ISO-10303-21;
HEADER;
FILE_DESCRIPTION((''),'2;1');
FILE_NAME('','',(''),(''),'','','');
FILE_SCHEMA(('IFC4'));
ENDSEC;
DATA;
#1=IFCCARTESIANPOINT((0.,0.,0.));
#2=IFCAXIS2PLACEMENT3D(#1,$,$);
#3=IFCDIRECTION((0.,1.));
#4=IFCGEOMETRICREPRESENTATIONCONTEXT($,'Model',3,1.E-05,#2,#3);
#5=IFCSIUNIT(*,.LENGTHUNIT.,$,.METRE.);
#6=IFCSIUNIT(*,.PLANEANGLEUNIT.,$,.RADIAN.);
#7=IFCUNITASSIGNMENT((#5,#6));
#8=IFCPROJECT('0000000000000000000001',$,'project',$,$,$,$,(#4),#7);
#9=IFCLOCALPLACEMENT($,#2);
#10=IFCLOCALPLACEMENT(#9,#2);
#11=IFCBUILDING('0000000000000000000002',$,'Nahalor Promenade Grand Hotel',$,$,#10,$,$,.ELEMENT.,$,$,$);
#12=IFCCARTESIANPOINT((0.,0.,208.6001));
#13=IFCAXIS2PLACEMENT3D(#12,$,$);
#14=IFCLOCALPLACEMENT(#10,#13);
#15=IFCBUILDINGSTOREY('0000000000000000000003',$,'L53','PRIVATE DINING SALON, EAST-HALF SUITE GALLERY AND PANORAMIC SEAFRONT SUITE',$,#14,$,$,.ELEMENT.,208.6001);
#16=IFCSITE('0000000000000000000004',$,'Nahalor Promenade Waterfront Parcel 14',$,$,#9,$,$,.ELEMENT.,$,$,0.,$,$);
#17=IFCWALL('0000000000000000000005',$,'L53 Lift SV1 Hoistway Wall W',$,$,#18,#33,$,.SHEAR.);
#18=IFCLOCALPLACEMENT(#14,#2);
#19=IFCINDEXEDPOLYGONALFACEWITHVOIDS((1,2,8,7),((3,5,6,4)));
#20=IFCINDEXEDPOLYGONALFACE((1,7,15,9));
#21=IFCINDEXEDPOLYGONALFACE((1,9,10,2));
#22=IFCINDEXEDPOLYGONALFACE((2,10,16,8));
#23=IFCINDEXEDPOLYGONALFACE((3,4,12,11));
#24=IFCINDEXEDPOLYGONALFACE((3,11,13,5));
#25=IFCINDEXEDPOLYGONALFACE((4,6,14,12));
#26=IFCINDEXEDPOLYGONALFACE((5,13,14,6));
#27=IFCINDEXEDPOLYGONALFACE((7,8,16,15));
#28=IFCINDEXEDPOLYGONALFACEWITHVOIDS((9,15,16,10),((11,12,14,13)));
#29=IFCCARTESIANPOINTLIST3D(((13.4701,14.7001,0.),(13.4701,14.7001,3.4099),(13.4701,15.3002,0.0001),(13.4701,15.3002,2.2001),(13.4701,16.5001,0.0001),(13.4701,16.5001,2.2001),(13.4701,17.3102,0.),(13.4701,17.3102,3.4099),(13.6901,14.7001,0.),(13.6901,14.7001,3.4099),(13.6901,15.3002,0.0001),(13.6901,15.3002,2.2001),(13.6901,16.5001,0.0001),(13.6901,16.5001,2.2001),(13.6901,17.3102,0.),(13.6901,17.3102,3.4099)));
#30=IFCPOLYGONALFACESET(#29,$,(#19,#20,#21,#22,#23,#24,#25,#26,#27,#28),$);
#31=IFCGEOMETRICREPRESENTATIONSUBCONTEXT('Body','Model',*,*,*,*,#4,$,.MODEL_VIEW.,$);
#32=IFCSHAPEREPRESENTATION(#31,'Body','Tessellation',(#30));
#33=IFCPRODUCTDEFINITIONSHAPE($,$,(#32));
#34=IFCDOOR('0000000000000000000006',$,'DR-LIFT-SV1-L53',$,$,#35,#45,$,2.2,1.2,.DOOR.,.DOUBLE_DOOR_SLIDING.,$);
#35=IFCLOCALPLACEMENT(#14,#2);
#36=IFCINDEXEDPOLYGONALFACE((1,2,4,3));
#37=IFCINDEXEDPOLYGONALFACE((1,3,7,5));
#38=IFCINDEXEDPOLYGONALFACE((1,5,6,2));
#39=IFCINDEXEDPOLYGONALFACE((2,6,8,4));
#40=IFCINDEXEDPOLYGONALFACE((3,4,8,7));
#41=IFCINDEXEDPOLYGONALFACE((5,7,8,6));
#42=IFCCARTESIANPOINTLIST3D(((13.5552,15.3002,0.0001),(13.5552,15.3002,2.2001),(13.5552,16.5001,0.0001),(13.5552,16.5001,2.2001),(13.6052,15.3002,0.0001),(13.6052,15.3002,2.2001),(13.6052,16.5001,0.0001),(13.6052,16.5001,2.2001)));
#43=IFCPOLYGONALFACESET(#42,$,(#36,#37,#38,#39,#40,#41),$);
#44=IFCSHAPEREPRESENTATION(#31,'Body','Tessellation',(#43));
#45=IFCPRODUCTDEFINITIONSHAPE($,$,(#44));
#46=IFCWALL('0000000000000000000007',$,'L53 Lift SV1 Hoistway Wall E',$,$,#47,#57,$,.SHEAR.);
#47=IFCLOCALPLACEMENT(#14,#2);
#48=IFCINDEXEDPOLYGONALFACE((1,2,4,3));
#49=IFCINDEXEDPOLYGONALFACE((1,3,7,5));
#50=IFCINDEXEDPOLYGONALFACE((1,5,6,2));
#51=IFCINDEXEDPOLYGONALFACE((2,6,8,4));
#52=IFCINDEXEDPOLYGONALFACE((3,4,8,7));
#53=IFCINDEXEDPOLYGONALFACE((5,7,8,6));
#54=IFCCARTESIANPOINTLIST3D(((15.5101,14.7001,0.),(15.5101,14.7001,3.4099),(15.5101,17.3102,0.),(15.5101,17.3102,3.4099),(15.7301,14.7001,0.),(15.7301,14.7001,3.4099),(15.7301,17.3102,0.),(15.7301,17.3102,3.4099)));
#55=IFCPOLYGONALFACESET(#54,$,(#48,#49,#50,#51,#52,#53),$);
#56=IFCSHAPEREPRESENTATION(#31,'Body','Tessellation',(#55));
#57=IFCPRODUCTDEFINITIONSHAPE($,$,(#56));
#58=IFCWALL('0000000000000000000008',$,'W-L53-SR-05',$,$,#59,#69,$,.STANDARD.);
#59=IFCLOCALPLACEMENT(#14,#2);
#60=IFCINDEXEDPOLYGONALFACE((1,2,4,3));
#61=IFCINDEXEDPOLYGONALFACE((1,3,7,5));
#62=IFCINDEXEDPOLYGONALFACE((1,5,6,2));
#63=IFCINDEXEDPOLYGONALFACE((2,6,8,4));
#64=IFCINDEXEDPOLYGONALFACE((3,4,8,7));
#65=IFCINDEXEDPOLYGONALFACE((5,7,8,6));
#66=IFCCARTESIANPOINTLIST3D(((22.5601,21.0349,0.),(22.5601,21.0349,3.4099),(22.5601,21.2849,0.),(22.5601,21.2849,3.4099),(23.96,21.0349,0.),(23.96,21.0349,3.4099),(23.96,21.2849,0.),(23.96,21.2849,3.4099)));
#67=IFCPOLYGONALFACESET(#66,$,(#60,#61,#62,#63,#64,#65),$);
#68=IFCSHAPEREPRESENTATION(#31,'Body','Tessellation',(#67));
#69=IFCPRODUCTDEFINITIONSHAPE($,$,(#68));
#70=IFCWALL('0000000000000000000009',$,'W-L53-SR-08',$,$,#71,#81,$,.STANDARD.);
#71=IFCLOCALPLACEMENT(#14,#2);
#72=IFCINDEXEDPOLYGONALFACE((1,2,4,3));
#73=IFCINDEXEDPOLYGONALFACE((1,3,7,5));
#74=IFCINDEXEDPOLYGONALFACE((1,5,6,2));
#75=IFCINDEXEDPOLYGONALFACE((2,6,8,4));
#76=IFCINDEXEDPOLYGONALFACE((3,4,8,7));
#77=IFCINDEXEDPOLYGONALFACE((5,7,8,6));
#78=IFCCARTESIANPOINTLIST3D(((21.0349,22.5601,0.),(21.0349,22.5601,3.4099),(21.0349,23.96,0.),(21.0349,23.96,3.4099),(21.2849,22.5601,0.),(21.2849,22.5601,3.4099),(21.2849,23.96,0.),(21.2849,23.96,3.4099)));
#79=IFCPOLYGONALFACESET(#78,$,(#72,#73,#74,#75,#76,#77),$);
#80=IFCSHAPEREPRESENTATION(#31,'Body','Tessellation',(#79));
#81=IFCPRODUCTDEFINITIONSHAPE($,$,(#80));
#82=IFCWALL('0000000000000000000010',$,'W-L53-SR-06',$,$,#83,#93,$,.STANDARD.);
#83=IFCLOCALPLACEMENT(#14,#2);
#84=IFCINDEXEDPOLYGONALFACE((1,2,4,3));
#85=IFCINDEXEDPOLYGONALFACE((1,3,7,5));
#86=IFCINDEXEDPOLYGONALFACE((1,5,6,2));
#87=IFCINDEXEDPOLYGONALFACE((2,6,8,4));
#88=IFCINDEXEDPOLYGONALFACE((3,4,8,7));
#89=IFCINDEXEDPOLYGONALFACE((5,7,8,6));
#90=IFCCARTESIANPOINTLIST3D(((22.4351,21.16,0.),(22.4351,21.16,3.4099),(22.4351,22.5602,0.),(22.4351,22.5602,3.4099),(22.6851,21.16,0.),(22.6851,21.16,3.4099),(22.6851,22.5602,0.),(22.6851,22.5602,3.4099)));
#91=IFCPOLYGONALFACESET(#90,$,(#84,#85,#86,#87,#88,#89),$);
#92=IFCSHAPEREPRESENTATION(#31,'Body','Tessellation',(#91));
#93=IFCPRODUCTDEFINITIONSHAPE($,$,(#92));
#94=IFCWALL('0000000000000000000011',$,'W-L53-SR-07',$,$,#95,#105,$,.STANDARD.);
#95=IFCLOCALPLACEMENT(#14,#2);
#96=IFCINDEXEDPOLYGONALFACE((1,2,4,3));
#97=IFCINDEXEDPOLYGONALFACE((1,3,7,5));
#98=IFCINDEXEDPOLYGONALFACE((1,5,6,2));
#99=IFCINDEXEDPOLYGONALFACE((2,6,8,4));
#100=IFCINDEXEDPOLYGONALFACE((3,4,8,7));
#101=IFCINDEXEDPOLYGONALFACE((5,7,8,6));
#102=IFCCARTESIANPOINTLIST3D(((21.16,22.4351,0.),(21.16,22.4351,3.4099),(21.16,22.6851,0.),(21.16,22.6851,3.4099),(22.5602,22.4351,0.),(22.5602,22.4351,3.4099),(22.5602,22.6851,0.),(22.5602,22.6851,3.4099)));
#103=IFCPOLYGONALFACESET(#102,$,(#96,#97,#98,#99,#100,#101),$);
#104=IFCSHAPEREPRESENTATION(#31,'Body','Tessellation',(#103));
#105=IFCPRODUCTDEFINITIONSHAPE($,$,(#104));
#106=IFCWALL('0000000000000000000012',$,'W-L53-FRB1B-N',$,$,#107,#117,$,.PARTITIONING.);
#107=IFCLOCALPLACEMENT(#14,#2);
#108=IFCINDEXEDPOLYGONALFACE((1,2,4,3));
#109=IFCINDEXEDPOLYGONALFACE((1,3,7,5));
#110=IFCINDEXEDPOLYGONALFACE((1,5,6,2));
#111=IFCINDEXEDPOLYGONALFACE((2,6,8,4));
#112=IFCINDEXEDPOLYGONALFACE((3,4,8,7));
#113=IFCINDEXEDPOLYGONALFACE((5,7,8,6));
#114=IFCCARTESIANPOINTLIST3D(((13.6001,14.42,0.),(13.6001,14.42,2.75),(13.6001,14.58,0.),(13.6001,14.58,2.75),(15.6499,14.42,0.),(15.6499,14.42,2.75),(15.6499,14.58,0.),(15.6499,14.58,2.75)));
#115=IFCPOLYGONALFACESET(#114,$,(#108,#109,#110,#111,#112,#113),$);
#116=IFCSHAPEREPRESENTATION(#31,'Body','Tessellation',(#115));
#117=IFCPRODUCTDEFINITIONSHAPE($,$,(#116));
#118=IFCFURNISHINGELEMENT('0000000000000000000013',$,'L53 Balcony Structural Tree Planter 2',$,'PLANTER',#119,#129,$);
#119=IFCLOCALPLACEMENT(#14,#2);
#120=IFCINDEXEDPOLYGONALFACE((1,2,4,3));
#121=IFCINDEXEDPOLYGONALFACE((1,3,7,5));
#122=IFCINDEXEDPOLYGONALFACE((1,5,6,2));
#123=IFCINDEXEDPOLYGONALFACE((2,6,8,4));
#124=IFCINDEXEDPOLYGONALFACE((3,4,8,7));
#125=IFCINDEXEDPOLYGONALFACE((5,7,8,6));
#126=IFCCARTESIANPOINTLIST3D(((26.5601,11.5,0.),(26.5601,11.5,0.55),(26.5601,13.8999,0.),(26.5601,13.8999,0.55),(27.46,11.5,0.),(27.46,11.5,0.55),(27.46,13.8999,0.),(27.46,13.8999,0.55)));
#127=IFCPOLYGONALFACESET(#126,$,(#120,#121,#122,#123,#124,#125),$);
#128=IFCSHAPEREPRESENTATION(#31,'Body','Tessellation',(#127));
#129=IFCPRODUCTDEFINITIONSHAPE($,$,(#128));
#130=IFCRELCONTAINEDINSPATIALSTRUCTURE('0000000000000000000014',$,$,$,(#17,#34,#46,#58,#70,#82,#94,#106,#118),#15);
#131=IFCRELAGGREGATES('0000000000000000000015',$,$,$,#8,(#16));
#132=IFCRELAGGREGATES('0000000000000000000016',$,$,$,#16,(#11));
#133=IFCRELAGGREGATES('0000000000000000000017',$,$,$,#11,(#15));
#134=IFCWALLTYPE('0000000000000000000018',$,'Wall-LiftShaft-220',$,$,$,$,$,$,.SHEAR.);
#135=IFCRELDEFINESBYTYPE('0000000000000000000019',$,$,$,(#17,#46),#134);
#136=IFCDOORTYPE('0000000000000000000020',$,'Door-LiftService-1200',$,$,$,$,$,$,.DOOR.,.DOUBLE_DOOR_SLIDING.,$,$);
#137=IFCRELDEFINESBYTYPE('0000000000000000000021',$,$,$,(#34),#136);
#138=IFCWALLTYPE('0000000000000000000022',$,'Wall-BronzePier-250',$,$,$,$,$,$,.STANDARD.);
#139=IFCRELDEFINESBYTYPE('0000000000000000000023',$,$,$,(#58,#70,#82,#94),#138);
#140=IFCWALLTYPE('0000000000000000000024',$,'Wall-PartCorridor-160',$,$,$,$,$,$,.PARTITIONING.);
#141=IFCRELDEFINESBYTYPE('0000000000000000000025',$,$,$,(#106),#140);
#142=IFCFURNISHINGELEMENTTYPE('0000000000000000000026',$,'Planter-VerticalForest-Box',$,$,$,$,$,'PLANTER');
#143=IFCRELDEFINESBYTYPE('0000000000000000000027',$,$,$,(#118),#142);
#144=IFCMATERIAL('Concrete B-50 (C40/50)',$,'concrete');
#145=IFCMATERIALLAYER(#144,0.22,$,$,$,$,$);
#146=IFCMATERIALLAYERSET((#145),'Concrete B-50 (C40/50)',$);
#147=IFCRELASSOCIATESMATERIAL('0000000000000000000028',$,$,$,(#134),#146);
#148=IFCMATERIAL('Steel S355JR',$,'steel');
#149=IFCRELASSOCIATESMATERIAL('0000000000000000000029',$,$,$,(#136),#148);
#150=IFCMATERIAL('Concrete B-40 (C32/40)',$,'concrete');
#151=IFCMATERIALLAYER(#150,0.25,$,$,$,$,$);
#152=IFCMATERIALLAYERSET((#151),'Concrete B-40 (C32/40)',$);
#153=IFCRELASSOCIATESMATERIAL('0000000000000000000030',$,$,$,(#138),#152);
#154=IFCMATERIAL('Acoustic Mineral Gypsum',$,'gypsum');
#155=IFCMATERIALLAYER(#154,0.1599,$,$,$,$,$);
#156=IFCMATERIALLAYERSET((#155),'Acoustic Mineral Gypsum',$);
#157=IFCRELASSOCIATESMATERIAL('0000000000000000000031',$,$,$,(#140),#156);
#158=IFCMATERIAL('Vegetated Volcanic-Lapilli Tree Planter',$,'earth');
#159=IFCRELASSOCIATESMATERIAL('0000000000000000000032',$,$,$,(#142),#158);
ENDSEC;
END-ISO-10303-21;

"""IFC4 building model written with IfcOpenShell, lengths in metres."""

from ifc_helpers import new_model, si_unit, direction, frame, frame_2d, origin, origin_2d, place, context, subcontext, project, spatial, rectangle, extrude, source, transform, mapped, material, layer, layer_set, type_object, element, fill, save


model = new_model("IFC4")

# Units and contexts
model_context = context("Model", 3, precision=1e-05, world=origin(), true_north=direction((0.0, 1.0)))
body_context = subcontext(model_context, "Body", "Model", "MODEL_VIEW")
ifc_project = project(units=[si_unit("LENGTHUNIT", "METRE"), si_unit("PLANEANGLEUNIT", "RADIAN")], contexts=[model_context])

# Site, building, storey
site_placement = place(None, origin())
site = spatial("IfcSite", under=ifc_project, at=site_placement, Name="Nahalor Promenade Waterfront Parcel 14", CompositionType="ELEMENT", RefElevation=0.0)
building_placement = place(site_placement, origin())
building = spatial("IfcBuilding", under=site, at=building_placement, Name="Nahalor Promenade Grand Hotel", CompositionType="ELEMENT")
storey_placement = place(building_placement, frame((0.0, 0.0, 208.6001)))
storey = spatial("IfcBuildingStorey", under=building, at=storey_placement, Name="L53", Description="PRIVATE DINING SALON, EAST-HALF SUITE GALLERY AND PANORAMIC SEAFRONT SUITE", CompositionType="ELEMENT", Elevation=208.6001)

# Shared definitions
ifc_material_1 = material(Name="Steel S355JR", Category="steel")

# Shared definitions
ifc_material_2 = material(Name="Concrete B-50 (C40/50)", Category="concrete")
ifc_layer_1 = layer(ifc_material_2, 0.22)
ifc_layer_set_1 = layer_set([ifc_layer_1], Name="Concrete B-50 (C40/50)")
wall_type_1 = type_object("IfcWallType", Name="Wall-LiftShaft-220", PredefinedType="SHEAR", material=ifc_layer_set_1)

# Wall, opening, door
shared_shape_1 = source(origin(), body_context, "Body", "SweptSolid", [
    extrude(rectangle(XDim=2.6101, YDim=0.22, at=frame_2d((1.3052, 0.0))), origin(), (0.0, 0.0, 1.0), 3.4099),
])
wall_1_placement = place(storey_placement, frame((13.5801, 14.7, 0.0), z_axis=(0.0, 0.0, 1.0), x_axis=(0.0, 1.0, 0.0)))
wall_1 = element("IfcWall", 1, at=wall_1_placement, inside=storey, type_object=wall_type_1, Name="L53 Lift SV1 Hoistway Wall W", PredefinedType="SHEAR", context=body_context, shape_type="MappedRepresentation", body=[
    mapped(shared_shape_1, transform((0.0, 0.0, 0.0), scale=1.0)),
])
opening_placement = place(wall_1_placement, frame((0.6001, 0.0, 0.0)))
opening = element("IfcOpeningElement", 2, at=opening_placement, cuts=wall_1, PredefinedType="OPENING", context=body_context, shape_type="SweptSolid", body=[
    extrude(rectangle(XDim=1.2, YDim=2.2, at=frame_2d((0.6001, 1.1001))), frame((0.0, 0.1199, 0.0), z_axis=(0.0, -1.0, 0.0), x_axis=(1.0, 0.0, 0.0)), (0.0, 0.0, 1.0), 0.24),
])
door_type = type_object("IfcDoorType", Name="Door-LiftService-1200", OperationType="DOUBLE_DOOR_SLIDING", PredefinedType="DOOR", material=ifc_material_1)
shared_shape_2 = source(origin(), body_context, "Body", "SweptSolid", [
    extrude(rectangle(XDim=1.2, YDim=2.2, at=frame_2d((0.6001, 1.1001))), frame((0.0, 0.0249, 0.0), z_axis=(0.0, -1.0, 0.0), x_axis=(1.0, 0.0, 0.0)), (0.0, 0.0, 1.0), 0.05),
])
door_placement = place(opening_placement, origin())
door = element("IfcDoor", 3, at=door_placement, inside=storey, type_object=door_type, Name="DR-LIFT-SV1-L53", OperationType="DOUBLE_DOOR_SLIDING", OverallHeight=2.2, OverallWidth=1.2, PredefinedType="DOOR", context=body_context, shape_type="MappedRepresentation", body=[
    mapped(shared_shape_2, transform((0.0, 0.0, 0.0), scale=1.0)),
])
fill(opening, door)

# Walls
wall_2_placement = place(storey_placement, frame((15.6201, 14.7, 0.0), z_axis=(0.0, 0.0, 1.0), x_axis=(0.0, 1.0, 0.0)))
element("IfcWall", 4, at=wall_2_placement, inside=storey, type_object=wall_type_1, Name="L53 Lift SV1 Hoistway Wall E", PredefinedType="SHEAR", context=body_context, shape_type="MappedRepresentation", body=[
    mapped(shared_shape_1, transform((0.0, 0.0, 0.0), scale=1.0)),
])
ifc_material_3 = material(Name="Concrete B-40 (C32/40)", Category="concrete")
ifc_layer_2 = layer(ifc_material_3, 0.25)
ifc_layer_set_2 = layer_set([ifc_layer_2], Name="Concrete B-40 (C32/40)")
wall_type_2 = type_object("IfcWallType", Name="Wall-BronzePier-250", PredefinedType="STANDARD", material=ifc_layer_set_2)
shared_shape_3 = source(origin(), body_context, "Body", "SweptSolid", [
    extrude(rectangle(XDim=1.3999, YDim=0.25, at=frame_2d((0.7, 0.0))), origin(), (0.0, 0.0, 1.0), 3.4099),
])
for number, where, z_axis, x_axis, name in (
    (5, (22.5601, 21.1599, 0.0), (0.0, 0.0, 1.0), (1.0, 0.0, 0.0), "W-L53-SR-05"),
    (6, (21.1599, 22.5601, 0.0), (0.0, 0.0, 1.0), (0.0, 1.0, 0.0), "W-L53-SR-08"),
):
    element("IfcWall", number, at=place(storey_placement, frame(where, z_axis=z_axis, x_axis=x_axis)), inside=storey, type_object=wall_type_2, Name=name, PredefinedType="STANDARD", context=body_context, shape_type="MappedRepresentation", body=[
        mapped(shared_shape_3, transform((0.0, 0.0, 0.0), scale=1.0)),
    ])
shared_shape_4 = source(origin(), body_context, "Body", "SweptSolid", [
    extrude(rectangle(XDim=1.4001, YDim=0.25, at=frame_2d((0.7002, 0.0))), origin(), (0.0, 0.0, 1.0), 3.4099),
])
for number, where, z_axis, x_axis, name in (
    (7, (22.5601, 21.1599, 0.0), (0.0, 0.0, 1.0), (0.0, 1.0, 0.0), "W-L53-SR-06"),
    (8, (21.1599, 22.5601, 0.0), (0.0, 0.0, 1.0), (1.0, 0.0, 0.0), "W-L53-SR-07"),
):
    element("IfcWall", number, at=place(storey_placement, frame(where, z_axis=z_axis, x_axis=x_axis)), inside=storey, type_object=wall_type_2, Name=name, PredefinedType="STANDARD", context=body_context, shape_type="MappedRepresentation", body=[
        mapped(shared_shape_4, transform((0.0, 0.0, 0.0), scale=1.0)),
    ])
ifc_material_4 = material(Name="Acoustic Mineral Gypsum", Category="gypsum")
ifc_layer_3 = layer(ifc_material_4, 0.1599)
ifc_layer_set_3 = layer_set([ifc_layer_3], Name="Acoustic Mineral Gypsum")
wall_type_3 = type_object("IfcWallType", Name="Wall-PartCorridor-160", PredefinedType="PARTITIONING", material=ifc_layer_set_3)
shared_shape_5 = source(origin(), body_context, "Body", "SweptSolid", [
    extrude(rectangle(XDim=2.0498, YDim=0.1599, at=frame_2d((1.0249, 0.0))), origin(), (0.0, 0.0, 1.0), 2.75),
])
wall_3_placement = place(storey_placement, frame((13.6001, 14.5, 0.0), z_axis=(0.0, 0.0, 1.0), x_axis=(1.0, 0.0, 0.0)))
element("IfcWall", 9, at=wall_3_placement, inside=storey, type_object=wall_type_3, Name="W-L53-FRB1B-N", PredefinedType="PARTITIONING", context=body_context, shape_type="MappedRepresentation", body=[
    mapped(shared_shape_5, transform((0.0, 0.0, 0.0), scale=1.0)),
])

# Furnishing element
ifc_material_5 = material(Name="Vegetated Volcanic-Lapilli Tree Planter", Category="earth")
furnishing_element_type = type_object("IfcFurnishingElementType", Name="Planter-VerticalForest-Box", ElementType="PLANTER", material=ifc_material_5)
shared_shape_6 = source(origin(), body_context, "Body", "SweptSolid", [
    extrude(rectangle(XDim=2.3999, YDim=0.8999, at=origin_2d()), origin(), (0.0, 0.0, 1.0), 0.55),
])
furnishing_placement = place(storey_placement, frame((27.01, 12.7, 0.0), z_axis=(0.0, 0.0, 1.0), x_axis=(0.0, 1.0, 0.0)))
element("IfcFurnishingElement", 10, at=furnishing_placement, inside=storey, type_object=furnishing_element_type, Name="L53 Balcony Structural Tree Planter 2", ObjectType="PLANTER", context=body_context, shape_type="MappedRepresentation", body=[
    mapped(shared_shape_6, transform((0.0, 0.0, 0.0), scale=1.0)),
])

save(model, "model.ifc")
